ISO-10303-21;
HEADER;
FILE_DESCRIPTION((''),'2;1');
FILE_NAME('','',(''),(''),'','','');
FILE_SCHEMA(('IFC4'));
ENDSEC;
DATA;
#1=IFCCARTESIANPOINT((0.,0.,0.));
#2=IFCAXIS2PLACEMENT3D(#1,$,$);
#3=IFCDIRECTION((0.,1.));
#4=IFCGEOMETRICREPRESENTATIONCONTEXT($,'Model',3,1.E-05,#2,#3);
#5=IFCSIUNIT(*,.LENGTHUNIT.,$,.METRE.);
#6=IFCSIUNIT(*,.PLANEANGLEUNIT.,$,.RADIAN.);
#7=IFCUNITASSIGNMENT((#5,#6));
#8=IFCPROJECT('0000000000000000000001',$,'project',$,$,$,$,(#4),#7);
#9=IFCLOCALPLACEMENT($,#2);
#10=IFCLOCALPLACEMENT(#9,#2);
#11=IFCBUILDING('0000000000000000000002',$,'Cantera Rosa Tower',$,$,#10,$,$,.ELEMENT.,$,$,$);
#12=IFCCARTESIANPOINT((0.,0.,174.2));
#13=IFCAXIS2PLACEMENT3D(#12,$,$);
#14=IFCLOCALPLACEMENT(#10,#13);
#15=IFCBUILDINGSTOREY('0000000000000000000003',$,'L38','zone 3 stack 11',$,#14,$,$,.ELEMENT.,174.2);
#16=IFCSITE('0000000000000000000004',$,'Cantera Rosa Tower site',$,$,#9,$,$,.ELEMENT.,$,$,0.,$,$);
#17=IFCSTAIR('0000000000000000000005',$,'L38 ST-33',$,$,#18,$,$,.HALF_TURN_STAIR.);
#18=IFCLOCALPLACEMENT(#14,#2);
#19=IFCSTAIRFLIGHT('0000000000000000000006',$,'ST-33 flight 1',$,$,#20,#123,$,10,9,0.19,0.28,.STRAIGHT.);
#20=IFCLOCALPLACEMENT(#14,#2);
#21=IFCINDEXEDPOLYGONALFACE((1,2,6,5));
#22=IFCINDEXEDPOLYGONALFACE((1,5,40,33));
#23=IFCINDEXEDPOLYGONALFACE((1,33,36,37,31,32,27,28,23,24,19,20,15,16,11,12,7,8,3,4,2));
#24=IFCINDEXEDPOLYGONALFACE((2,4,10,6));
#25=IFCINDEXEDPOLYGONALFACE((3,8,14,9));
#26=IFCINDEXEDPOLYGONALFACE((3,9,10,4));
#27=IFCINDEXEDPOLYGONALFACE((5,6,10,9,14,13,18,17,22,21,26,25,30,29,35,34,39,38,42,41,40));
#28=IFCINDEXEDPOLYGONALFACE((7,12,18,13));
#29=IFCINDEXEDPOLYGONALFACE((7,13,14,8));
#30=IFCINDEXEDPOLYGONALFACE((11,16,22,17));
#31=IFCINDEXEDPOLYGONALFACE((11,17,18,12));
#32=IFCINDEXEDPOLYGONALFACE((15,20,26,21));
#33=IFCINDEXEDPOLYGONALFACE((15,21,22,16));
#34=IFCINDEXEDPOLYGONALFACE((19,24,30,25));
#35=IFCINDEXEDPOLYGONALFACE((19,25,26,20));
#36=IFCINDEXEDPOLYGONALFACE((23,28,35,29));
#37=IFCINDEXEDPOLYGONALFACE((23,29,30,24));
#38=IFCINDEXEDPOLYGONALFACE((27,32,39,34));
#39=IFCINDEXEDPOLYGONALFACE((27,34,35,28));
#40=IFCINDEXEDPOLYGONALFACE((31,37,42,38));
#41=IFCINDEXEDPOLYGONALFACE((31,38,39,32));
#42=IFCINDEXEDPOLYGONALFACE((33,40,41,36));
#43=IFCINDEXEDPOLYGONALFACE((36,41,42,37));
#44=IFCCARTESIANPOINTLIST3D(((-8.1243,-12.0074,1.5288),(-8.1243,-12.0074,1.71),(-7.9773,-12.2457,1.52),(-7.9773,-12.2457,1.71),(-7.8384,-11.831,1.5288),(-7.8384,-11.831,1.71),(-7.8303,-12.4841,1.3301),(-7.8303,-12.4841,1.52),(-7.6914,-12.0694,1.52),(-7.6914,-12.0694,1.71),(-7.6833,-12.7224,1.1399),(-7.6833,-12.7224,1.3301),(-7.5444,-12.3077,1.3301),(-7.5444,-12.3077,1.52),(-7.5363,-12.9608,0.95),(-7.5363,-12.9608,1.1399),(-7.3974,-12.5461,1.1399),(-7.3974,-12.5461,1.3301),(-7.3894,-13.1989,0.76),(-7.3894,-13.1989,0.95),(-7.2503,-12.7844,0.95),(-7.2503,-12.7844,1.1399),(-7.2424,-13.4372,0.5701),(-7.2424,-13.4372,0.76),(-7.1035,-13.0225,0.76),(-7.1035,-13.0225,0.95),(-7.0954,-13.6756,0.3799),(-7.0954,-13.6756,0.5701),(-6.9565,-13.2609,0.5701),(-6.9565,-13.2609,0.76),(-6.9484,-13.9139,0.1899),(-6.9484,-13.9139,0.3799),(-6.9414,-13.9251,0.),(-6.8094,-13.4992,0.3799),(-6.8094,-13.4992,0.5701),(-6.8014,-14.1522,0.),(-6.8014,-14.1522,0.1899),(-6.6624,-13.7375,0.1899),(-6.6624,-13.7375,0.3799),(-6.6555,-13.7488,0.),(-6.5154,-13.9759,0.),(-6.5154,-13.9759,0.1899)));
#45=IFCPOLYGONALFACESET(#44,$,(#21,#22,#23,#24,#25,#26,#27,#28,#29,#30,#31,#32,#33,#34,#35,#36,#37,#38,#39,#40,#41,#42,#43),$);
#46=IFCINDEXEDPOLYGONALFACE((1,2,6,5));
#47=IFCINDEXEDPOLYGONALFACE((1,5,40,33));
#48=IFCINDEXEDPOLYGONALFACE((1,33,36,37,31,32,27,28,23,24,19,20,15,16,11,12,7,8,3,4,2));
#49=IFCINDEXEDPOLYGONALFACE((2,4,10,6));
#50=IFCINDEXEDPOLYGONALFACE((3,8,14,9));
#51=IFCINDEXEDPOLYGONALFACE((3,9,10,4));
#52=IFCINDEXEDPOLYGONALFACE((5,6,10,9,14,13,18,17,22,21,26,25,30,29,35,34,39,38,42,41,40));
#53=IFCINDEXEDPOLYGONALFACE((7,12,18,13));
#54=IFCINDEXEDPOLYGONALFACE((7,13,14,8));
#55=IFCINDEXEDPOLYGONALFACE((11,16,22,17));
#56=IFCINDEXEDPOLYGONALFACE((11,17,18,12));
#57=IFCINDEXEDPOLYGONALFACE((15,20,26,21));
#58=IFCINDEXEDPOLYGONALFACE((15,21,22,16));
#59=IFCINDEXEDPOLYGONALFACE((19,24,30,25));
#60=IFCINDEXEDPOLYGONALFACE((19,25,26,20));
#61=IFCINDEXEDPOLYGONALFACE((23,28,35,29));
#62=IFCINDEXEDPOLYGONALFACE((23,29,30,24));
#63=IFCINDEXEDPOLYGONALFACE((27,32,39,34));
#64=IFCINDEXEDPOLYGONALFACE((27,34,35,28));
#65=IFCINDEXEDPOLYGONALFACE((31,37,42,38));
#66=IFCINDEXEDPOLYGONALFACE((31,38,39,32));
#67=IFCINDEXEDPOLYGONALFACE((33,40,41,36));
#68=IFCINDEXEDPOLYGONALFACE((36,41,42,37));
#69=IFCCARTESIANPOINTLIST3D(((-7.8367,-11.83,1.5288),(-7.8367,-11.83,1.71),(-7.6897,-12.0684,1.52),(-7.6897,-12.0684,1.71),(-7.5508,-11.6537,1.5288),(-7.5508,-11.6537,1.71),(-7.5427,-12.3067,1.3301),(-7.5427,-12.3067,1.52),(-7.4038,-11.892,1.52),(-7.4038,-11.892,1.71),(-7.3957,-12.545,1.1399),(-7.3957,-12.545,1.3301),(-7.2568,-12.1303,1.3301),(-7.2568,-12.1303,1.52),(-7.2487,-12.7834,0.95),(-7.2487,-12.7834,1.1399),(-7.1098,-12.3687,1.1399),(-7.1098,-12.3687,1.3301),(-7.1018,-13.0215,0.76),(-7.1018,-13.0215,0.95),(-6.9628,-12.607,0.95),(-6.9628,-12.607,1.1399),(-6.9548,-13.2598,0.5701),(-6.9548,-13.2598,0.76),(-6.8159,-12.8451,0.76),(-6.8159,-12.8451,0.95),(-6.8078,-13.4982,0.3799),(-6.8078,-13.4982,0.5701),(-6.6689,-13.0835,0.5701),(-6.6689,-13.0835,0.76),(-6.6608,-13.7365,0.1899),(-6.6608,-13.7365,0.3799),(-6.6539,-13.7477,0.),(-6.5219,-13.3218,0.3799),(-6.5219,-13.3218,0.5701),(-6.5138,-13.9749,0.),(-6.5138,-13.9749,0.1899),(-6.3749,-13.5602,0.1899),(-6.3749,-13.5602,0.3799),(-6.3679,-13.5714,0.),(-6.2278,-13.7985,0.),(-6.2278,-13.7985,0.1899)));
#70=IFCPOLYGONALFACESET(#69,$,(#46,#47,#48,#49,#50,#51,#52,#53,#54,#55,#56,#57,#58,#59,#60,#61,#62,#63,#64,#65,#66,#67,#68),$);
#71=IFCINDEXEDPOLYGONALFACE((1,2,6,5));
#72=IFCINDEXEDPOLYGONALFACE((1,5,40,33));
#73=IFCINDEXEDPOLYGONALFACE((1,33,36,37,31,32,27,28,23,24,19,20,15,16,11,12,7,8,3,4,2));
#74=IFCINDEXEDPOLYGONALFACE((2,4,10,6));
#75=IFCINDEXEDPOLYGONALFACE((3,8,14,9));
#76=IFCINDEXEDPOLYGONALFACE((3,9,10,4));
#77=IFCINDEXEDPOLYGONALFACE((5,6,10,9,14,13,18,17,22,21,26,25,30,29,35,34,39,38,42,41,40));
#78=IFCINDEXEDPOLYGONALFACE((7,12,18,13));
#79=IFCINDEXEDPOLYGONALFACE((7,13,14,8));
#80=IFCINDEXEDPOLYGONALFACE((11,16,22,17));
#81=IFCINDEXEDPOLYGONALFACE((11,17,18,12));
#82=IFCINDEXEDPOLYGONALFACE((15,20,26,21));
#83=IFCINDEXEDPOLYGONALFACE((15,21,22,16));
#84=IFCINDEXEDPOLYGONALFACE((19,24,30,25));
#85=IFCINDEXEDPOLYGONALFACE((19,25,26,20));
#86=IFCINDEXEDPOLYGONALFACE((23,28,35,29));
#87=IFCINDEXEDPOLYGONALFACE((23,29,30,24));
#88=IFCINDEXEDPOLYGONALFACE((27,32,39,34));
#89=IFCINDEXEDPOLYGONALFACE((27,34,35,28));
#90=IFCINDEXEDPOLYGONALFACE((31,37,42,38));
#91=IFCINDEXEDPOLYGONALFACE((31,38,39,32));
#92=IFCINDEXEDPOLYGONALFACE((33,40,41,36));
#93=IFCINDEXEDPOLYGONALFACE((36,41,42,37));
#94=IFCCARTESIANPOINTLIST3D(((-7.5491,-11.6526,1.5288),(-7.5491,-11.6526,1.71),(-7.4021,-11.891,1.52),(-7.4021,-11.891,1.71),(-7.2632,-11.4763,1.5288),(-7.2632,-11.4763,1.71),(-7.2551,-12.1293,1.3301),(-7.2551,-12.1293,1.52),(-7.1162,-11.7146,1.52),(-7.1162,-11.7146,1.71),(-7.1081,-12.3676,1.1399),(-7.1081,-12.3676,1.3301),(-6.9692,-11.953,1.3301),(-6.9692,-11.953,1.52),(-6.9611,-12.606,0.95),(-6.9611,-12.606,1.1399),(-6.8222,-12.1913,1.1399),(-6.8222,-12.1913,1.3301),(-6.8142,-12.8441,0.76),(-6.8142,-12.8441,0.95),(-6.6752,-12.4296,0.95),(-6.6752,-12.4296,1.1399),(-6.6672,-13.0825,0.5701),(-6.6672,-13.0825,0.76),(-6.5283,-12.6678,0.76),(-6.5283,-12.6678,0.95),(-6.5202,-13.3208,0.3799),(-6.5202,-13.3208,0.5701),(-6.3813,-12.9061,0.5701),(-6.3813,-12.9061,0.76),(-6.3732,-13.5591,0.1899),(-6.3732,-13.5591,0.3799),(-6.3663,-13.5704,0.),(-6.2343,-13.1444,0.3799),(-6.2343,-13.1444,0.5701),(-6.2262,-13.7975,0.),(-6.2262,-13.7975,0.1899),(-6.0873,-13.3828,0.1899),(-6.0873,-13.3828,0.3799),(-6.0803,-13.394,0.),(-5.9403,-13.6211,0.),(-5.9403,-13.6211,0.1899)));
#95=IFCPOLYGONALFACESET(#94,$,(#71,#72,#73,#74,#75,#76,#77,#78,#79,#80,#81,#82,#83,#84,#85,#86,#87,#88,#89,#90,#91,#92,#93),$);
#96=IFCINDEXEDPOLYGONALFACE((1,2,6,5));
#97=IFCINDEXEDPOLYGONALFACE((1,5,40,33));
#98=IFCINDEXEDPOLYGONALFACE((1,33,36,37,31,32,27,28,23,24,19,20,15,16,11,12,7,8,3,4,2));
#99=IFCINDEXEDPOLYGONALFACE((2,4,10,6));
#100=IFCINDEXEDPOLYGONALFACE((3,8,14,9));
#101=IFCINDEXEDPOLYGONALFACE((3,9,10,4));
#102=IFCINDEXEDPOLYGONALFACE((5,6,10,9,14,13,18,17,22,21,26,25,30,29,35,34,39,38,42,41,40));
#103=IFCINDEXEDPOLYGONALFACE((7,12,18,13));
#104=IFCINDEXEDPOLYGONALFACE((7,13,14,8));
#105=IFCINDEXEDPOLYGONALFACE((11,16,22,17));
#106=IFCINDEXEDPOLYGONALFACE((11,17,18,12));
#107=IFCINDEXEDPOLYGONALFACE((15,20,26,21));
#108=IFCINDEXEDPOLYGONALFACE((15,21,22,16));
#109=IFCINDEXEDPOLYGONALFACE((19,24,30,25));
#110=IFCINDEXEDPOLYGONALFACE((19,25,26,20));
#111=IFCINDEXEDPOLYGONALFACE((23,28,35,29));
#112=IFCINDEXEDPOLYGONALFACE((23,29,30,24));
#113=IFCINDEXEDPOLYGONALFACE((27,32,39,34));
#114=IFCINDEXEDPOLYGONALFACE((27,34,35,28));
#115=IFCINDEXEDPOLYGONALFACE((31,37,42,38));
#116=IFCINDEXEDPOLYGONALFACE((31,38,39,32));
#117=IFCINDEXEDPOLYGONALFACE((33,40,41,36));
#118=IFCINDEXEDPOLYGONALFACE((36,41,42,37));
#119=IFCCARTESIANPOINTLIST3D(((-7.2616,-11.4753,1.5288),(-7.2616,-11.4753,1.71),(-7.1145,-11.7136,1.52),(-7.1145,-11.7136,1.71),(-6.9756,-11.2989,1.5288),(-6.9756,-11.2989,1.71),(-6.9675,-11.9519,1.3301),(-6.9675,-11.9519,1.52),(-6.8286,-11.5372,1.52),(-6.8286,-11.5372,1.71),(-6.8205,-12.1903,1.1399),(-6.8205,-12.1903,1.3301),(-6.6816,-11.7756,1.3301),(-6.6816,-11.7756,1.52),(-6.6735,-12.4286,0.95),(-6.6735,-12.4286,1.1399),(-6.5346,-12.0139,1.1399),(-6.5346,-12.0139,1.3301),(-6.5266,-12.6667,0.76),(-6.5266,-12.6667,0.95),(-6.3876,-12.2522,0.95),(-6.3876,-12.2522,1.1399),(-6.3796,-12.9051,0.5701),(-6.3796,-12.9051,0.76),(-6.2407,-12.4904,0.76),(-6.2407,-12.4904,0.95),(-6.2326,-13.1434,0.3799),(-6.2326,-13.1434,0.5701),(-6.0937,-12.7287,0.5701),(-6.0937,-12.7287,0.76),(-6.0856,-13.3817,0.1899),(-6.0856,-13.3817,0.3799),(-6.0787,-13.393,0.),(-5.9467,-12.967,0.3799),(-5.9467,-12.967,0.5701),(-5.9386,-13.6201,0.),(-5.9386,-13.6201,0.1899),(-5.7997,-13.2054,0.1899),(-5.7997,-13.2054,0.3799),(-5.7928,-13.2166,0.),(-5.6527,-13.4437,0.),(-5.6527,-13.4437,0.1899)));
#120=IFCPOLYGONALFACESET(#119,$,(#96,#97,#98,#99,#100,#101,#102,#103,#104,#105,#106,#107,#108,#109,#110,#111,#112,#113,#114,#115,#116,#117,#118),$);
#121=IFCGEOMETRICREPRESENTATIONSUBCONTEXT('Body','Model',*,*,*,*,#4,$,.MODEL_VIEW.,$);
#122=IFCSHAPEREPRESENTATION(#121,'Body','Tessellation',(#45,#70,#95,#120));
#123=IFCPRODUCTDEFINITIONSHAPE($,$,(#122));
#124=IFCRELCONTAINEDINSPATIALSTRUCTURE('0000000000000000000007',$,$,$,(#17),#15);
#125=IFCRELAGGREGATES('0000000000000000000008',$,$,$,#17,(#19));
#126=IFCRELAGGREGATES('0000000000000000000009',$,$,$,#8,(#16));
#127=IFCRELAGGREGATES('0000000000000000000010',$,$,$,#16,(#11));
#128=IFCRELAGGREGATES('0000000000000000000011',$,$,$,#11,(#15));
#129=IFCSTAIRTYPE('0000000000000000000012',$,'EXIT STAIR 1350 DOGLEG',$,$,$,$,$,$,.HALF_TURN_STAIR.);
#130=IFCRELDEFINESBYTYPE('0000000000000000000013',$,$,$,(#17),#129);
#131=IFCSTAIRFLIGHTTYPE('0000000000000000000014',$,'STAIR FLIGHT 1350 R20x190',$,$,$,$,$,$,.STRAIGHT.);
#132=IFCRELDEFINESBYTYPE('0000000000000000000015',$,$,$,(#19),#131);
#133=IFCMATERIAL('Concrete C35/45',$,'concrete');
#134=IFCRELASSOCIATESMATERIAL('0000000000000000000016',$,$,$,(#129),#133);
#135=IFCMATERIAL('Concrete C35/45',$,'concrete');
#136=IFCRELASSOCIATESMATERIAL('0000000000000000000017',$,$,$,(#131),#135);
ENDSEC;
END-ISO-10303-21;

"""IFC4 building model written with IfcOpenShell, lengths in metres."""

from ifc_helpers import new_model, si_unit, direction, frame, origin, place, context, subcontext, project, spatial, polyline, outline, extrude, material, type_object, element, aggregate, save


model = new_model("IFC4")

# Units and contexts
model_context = context("Model", 3, precision=1e-05, world=origin(), true_north=direction((0.0, 1.0)))
body_context = subcontext(model_context, "Body", "Model", "MODEL_VIEW")
ifc_project = project(units=[si_unit("LENGTHUNIT", "METRE"), si_unit("PLANEANGLEUNIT", "RADIAN")], contexts=[model_context])

# Site, building, storey
site_placement = place(None, origin())
site = spatial("IfcSite", under=ifc_project, at=site_placement, Name="Cantera Rosa Tower site", CompositionType="ELEMENT", RefElevation=0.0)
building_placement = place(site_placement, origin())
building = spatial("IfcBuilding", under=site, at=building_placement, Name="Cantera Rosa Tower", CompositionType="ELEMENT")
storey_placement = place(building_placement, frame((0.0, 0.0, 174.2)))
storey = spatial("IfcBuildingStorey", under=building, at=storey_placement, Name="L38", Description="zone 3 stack 11", CompositionType="ELEMENT", Elevation=174.2)

# Stair, stair flight
ifc_material_1 = material(Name="Concrete C35/45", Category="concrete")
stair_type = type_object("IfcStairType", Name="EXIT STAIR 1350 DOGLEG", PredefinedType="HALF_TURN_STAIR", material=ifc_material_1)
stair_placement = place(storey_placement, origin())
stair = element("IfcStair", 1, at=stair_placement, inside=storey, type_object=stair_type, Name="L38 ST-33", PredefinedType="HALF_TURN_STAIR")
ifc_material_2 = material(Name="Concrete C35/45", Category="concrete")
stair_flight_type = type_object("IfcStairFlightType", Name="STAIR FLIGHT 1350 R20x190", PredefinedType="STRAIGHT", material=ifc_material_2)
stair_flight_placement = place(storey_placement, frame((-6.2268, -13.7979, 0.0), z_axis=(0.0, 0.0, 1.0), x_axis=(-0.524977, 0.851117, 0.0)))
stair_flight = element("IfcStairFlight", 2, at=stair_flight_placement, type_object=stair_flight_type, Name="ST-33 flight 1", NumberOfRisers=10, NumberOfTreads=9, PredefinedType="STRAIGHT", RiserHeight=0.19, TreadLength=0.28, context=body_context, shape_type="SweptSolid", body=[
    extrude(outline(polyline([(0.0, 0.0), (0.0, 0.1899), (0.28, 0.1899), (0.28, 0.3799), (0.5601, 0.3799), (0.5601, 0.5701), (0.8401, 0.5701), (0.8401, 0.76), (1.1201, 0.76), (1.1201, 0.95), (1.3999, 0.95), (1.3999, 1.1399), (1.6799, 1.1399), (1.6799, 1.3301), (1.96, 1.3301), (1.96, 1.52), (2.24, 1.52), (2.24, 1.71), (2.52, 1.71), (2.52, 1.8999), (2.52, 1.5288), (0.2668, 0.0), (0.0, 0.0)])), frame((0.0, 0.675, 0.0), z_axis=(0.0, -1.0, 0.0), x_axis=(1.0, 0.0, 0.0)), (0.0, 0.0, 1.0), 0.3359),
    extrude(outline(polyline([(0.0, 0.0), (0.0, 0.1899), (0.28, 0.1899), (0.28, 0.3799), (0.5601, 0.3799), (0.5601, 0.5701), (0.8401, 0.5701), (0.8401, 0.76), (1.1201, 0.76), (1.1201, 0.95), (1.3999, 0.95), (1.3999, 1.1399), (1.6799, 1.1399), (1.6799, 1.3301), (1.96, 1.3301), (1.96, 1.52), (2.24, 1.52), (2.24, 1.71), (2.52, 1.71), (2.52, 1.8999), (2.52, 1.5288), (0.2668, 0.0), (0.0, 0.0)])), frame((0.0, 0.3372, 0.0), z_axis=(0.0, -1.0, 0.0), x_axis=(1.0, 0.0, 0.0)), (0.0, 0.0, 1.0), 0.3359),
    extrude(outline(polyline([(0.0, 0.0), (0.0, 0.1899), (0.28, 0.1899), (0.28, 0.3799), (0.5601, 0.3799), (0.5601, 0.5701), (0.8401, 0.5701), (0.8401, 0.76), (1.1201, 0.76), (1.1201, 0.95), (1.3999, 0.95), (1.3999, 1.1399), (1.6799, 1.1399), (1.6799, 1.3301), (1.96, 1.3301), (1.96, 1.52), (2.24, 1.52), (2.24, 1.71), (2.52, 1.71), (2.52, 1.8999), (2.52, 1.5288), (0.2668, 0.0), (0.0, 0.0)])), frame((0.0, -0.0007, 0.0), z_axis=(0.0, -1.0, 0.0), x_axis=(1.0, 0.0, 0.0)), (0.0, 0.0, 1.0), 0.3359),
    extrude(outline(polyline([(0.0, 0.0), (0.0, 0.1899), (0.28, 0.1899), (0.28, 0.3799), (0.5601, 0.3799), (0.5601, 0.5701), (0.8401, 0.5701), (0.8401, 0.76), (1.1201, 0.76), (1.1201, 0.95), (1.3999, 0.95), (1.3999, 1.1399), (1.6799, 1.1399), (1.6799, 1.3301), (1.96, 1.3301), (1.96, 1.52), (2.24, 1.52), (2.24, 1.71), (2.52, 1.71), (2.52, 1.8999), (2.52, 1.5288), (0.2668, 0.0), (0.0, 0.0)])), frame((0.0, -0.3386, 0.0), z_axis=(0.0, -1.0, 0.0), x_axis=(1.0, 0.0, 0.0)), (0.0, 0.0, 1.0), 0.3359),
])
aggregate(stair, [stair_flight])

save(model, "model.ifc")
